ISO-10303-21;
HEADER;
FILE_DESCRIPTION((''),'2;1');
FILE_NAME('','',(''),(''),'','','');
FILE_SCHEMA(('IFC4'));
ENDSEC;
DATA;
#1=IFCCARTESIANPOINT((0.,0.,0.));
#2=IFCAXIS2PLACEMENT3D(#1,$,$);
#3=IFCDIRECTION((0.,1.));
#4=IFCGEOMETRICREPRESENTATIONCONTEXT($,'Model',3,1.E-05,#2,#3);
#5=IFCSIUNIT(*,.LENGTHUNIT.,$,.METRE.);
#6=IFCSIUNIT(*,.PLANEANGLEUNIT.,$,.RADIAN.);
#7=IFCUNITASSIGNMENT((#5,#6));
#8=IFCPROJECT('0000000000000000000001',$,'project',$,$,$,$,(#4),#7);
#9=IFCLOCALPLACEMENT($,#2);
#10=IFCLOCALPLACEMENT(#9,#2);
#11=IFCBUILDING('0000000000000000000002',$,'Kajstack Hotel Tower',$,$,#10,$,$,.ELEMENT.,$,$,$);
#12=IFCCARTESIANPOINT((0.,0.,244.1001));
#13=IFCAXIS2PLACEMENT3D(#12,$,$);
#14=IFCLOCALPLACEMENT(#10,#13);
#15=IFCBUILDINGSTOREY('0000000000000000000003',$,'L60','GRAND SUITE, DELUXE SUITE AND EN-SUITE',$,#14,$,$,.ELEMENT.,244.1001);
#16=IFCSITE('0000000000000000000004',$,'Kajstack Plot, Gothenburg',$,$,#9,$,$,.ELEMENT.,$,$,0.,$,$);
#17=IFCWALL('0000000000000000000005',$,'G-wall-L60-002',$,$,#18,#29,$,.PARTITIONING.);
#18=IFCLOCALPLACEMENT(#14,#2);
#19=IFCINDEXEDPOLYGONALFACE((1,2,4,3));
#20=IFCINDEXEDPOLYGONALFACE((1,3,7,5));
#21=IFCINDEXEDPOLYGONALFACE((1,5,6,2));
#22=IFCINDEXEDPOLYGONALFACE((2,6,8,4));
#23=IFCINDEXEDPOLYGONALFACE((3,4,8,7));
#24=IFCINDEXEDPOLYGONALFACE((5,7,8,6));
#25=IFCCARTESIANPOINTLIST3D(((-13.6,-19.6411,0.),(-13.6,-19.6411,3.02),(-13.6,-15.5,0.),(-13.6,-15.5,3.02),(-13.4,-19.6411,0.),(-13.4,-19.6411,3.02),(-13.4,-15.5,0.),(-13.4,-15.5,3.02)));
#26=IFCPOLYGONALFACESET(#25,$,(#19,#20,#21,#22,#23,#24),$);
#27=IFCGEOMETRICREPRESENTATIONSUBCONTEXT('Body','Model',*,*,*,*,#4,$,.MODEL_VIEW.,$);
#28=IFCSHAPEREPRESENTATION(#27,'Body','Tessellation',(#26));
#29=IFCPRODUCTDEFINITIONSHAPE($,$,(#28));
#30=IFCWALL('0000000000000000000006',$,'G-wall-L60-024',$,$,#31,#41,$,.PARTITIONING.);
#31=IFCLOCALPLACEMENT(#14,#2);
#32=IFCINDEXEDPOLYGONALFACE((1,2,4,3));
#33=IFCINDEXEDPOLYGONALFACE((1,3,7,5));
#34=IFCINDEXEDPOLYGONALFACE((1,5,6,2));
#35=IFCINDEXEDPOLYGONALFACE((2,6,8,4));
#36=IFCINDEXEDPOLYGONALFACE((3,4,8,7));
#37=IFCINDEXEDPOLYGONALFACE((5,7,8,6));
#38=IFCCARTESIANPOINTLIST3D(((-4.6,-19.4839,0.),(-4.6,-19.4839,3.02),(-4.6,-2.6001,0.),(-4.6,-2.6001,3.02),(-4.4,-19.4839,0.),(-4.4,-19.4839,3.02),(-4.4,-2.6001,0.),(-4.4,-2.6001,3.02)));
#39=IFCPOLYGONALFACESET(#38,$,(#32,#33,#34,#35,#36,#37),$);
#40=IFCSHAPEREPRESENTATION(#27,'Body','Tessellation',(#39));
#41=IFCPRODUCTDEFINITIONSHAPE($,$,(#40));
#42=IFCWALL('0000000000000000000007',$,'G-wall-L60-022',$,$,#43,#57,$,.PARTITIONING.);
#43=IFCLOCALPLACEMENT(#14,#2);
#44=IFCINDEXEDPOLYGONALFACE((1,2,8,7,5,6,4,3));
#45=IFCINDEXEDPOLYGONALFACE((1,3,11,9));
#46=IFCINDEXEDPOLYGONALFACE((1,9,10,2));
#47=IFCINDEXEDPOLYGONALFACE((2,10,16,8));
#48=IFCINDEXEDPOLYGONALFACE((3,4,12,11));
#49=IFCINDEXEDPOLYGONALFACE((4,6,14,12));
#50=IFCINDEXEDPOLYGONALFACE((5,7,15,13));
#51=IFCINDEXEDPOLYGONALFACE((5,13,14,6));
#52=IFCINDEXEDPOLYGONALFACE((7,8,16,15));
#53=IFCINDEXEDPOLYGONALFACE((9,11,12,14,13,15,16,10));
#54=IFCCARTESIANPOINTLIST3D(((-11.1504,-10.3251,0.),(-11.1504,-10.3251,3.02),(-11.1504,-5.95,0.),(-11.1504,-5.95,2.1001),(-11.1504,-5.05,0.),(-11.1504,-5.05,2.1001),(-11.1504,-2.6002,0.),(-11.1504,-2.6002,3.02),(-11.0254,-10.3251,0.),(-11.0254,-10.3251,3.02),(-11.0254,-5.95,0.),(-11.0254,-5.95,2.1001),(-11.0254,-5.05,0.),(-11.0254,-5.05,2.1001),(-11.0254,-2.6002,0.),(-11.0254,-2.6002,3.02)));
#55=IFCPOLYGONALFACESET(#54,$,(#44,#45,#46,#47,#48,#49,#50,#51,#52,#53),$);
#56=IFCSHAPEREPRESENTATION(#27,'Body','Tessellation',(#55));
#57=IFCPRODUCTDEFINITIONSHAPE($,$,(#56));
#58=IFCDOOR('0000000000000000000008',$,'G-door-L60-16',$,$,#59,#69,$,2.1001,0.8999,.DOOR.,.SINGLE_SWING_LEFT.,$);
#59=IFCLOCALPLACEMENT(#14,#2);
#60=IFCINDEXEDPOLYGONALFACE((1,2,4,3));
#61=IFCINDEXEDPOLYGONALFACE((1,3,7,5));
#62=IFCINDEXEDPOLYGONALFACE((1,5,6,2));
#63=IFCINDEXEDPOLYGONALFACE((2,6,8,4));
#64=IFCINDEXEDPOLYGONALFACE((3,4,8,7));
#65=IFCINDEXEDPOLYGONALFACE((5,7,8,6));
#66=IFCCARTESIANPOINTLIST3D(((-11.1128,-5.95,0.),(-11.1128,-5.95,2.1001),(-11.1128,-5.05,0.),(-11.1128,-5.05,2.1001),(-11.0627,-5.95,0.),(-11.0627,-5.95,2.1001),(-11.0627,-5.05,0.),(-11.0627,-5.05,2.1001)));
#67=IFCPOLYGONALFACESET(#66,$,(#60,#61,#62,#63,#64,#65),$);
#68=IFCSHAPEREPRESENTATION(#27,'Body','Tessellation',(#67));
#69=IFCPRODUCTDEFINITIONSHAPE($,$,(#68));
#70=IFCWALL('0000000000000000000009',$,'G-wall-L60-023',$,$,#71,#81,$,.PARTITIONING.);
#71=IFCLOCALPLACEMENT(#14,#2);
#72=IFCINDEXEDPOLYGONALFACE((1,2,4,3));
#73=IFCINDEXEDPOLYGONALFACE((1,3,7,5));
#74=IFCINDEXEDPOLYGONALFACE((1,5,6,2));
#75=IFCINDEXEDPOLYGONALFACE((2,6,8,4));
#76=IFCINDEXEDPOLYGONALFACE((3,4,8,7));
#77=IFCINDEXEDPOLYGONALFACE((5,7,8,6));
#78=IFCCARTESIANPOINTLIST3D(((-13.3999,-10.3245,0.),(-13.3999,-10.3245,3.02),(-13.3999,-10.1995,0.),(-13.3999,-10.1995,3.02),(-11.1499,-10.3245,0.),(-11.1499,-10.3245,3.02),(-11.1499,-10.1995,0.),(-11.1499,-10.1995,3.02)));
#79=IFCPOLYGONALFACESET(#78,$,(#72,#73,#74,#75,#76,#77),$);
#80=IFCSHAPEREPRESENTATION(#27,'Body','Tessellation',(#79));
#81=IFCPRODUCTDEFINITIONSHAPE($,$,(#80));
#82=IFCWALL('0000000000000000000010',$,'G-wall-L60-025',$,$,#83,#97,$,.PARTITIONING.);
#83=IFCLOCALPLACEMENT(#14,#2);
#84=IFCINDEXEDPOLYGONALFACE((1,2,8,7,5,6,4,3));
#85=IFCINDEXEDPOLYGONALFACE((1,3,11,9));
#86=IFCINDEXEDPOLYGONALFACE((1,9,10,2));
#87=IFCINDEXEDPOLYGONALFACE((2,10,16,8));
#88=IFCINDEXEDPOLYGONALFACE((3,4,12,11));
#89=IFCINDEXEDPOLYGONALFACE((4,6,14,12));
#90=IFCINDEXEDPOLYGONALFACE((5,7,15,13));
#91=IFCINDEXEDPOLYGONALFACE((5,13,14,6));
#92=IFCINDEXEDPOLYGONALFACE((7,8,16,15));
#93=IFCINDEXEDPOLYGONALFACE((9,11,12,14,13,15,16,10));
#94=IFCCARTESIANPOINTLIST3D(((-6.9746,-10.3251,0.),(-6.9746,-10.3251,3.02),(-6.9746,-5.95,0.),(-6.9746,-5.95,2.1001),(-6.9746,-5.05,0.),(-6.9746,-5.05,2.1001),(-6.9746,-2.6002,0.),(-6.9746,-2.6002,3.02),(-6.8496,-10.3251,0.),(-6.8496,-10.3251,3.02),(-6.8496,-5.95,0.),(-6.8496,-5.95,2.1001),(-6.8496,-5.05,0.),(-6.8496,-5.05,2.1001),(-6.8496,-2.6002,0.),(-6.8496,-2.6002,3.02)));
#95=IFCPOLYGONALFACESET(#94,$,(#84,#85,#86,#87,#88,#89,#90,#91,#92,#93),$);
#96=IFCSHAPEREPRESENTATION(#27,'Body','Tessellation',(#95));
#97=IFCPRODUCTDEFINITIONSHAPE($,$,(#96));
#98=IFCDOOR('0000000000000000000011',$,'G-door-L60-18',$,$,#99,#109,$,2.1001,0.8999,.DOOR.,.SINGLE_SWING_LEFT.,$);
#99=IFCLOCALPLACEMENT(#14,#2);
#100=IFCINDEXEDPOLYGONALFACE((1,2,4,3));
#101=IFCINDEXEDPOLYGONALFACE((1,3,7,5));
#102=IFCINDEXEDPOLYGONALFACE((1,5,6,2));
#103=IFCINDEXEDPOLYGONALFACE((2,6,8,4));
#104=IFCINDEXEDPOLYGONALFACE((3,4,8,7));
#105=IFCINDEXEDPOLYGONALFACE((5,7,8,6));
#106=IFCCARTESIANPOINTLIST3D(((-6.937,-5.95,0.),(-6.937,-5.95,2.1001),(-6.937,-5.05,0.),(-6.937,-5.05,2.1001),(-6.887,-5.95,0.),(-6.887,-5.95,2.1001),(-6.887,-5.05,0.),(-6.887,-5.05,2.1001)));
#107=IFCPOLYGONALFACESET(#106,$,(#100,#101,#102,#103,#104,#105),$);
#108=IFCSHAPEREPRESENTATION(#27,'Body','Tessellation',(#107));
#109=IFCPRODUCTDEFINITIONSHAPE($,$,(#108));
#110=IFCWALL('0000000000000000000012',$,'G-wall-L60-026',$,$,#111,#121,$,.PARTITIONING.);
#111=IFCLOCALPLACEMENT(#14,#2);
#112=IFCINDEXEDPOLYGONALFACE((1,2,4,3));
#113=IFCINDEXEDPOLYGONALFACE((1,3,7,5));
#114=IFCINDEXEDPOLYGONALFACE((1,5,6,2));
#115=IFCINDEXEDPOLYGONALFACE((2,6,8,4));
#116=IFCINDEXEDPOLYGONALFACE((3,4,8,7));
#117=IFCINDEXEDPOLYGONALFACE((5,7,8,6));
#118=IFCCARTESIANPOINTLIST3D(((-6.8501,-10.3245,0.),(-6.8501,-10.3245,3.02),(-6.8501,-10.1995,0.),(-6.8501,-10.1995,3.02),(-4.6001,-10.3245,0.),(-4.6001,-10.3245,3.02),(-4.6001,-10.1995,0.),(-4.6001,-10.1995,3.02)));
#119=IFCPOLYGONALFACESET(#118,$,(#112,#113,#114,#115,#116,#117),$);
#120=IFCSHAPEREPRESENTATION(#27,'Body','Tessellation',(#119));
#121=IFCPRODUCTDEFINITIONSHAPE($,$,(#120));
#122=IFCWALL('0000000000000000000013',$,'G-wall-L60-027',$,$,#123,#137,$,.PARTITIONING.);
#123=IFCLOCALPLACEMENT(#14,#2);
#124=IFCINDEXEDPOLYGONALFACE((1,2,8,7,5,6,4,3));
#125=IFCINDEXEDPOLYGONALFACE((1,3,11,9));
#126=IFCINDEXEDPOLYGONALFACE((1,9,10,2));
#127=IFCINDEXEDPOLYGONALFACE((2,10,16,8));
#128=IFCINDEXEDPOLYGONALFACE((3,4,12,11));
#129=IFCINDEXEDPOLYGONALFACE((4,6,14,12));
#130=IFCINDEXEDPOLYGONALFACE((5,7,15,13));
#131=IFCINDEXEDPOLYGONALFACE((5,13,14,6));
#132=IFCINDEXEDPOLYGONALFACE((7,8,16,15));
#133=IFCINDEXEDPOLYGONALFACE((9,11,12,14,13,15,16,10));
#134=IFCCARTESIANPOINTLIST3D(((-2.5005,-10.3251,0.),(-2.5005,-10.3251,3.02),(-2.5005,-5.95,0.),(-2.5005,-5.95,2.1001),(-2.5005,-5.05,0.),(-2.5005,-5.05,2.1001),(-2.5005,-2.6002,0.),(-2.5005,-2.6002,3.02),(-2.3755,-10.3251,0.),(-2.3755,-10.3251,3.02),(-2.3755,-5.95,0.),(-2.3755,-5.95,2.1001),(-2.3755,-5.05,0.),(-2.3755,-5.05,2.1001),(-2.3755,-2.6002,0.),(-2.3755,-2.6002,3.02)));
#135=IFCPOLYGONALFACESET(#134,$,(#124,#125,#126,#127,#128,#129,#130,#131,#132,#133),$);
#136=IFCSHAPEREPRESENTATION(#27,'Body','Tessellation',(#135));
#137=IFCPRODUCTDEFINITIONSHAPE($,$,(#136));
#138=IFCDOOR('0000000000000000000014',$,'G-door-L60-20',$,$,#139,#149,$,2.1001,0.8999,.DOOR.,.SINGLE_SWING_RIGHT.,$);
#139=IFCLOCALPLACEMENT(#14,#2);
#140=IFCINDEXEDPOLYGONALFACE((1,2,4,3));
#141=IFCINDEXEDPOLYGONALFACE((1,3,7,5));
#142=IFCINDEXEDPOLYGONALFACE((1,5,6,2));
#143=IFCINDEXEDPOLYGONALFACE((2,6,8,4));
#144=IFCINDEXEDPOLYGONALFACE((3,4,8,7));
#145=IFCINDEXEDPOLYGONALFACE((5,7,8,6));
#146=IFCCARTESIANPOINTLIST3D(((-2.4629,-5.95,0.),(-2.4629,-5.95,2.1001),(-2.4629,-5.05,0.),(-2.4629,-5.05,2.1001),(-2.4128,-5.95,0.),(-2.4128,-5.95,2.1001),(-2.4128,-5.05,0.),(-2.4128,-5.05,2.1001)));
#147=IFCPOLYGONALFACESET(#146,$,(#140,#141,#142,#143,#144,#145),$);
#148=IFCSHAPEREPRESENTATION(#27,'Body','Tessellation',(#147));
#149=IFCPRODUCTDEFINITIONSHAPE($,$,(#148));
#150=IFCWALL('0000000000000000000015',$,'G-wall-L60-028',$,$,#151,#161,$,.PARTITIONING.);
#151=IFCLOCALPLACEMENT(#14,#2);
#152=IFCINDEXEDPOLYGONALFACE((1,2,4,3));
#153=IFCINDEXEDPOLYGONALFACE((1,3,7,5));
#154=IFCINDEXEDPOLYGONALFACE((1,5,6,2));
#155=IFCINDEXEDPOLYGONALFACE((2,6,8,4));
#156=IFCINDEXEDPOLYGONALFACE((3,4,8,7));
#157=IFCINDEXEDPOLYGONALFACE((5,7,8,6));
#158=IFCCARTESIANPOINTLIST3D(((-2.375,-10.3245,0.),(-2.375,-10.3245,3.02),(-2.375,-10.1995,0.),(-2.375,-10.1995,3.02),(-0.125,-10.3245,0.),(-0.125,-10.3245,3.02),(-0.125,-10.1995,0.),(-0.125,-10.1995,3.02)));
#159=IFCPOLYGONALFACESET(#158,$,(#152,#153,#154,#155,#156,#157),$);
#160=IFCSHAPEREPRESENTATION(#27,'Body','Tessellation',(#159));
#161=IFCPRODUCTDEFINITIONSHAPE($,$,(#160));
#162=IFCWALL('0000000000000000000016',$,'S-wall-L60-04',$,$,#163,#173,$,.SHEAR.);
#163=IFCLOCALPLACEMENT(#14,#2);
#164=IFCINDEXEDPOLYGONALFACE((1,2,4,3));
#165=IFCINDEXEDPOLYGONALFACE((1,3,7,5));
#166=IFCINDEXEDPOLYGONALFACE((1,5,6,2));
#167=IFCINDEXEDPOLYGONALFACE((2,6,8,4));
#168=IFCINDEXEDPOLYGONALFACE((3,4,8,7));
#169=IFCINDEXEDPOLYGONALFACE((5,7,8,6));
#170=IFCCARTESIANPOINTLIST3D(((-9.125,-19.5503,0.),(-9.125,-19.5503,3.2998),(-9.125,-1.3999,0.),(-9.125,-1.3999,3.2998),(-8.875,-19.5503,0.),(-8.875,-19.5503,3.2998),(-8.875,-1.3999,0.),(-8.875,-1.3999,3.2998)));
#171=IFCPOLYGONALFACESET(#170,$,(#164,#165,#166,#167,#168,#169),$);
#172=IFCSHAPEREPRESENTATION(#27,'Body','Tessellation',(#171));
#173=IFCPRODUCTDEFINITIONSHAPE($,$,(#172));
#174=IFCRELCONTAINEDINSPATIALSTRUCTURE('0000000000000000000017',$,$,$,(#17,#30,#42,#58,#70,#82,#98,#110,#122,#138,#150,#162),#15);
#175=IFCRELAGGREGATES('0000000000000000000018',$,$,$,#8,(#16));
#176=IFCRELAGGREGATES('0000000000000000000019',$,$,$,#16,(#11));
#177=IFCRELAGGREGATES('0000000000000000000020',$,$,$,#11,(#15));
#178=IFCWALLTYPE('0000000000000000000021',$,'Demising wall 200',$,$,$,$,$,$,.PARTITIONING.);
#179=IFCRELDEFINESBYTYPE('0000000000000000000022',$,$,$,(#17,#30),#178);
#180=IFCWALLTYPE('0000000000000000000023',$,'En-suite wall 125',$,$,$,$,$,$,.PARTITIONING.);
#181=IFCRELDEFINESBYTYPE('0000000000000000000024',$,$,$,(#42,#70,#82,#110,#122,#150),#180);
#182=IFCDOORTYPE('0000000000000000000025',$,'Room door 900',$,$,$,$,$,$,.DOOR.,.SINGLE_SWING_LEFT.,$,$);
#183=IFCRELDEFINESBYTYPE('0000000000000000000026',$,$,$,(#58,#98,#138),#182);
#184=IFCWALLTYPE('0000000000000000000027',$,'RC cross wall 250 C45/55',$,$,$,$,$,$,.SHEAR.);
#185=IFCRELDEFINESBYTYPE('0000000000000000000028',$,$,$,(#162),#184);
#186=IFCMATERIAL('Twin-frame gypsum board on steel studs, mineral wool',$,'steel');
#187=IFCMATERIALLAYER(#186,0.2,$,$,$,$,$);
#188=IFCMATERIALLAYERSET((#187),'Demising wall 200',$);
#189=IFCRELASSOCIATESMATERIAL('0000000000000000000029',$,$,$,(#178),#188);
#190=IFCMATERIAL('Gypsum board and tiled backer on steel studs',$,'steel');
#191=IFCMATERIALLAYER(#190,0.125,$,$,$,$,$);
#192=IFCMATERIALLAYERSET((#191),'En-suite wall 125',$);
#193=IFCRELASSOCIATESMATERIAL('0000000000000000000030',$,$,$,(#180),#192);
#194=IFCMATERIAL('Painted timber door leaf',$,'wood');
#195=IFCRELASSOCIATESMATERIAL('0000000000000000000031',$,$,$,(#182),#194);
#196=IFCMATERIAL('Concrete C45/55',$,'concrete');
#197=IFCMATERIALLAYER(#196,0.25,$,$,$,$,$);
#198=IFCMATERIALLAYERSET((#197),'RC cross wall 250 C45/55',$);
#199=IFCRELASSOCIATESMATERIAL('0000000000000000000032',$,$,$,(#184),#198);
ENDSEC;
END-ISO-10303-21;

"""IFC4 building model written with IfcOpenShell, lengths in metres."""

from ifc_helpers import new_model, si_unit, direction, frame, frame_2d, origin, place, context, subcontext, project, spatial, rectangle, extrude, material, layer, layer_set, type_object, element, fill, save


model = new_model("IFC4")

# Units and contexts
model_context = context("Model", 3, precision=1e-05, world=origin(), true_north=direction((0.0, 1.0)))
body_context = subcontext(model_context, "Body", "Model", "MODEL_VIEW")
ifc_project = project(units=[si_unit("LENGTHUNIT", "METRE"), si_unit("PLANEANGLEUNIT", "RADIAN")], contexts=[model_context])

# Site, building, storey
site_placement = place(None, origin())
site = spatial("IfcSite", under=ifc_project, at=site_placement, Name="Kajstack Plot, Gothenburg", CompositionType="ELEMENT", RefElevation=0.0)
building_placement = place(site_placement, origin())
building = spatial("IfcBuilding", under=site, at=building_placement, Name="Kajstack Hotel Tower", CompositionType="ELEMENT")
storey_placement = place(building_placement, frame((0.0, 0.0, 244.1001)))
storey = spatial("IfcBuildingStorey", under=building, at=storey_placement, Name="L60", Description="GRAND SUITE, DELUXE SUITE AND EN-SUITE", CompositionType="ELEMENT", Elevation=244.1001)

# Walls
ifc_material_1 = material(Name="Twin-frame gypsum board on steel studs, mineral wool", Category="steel")
ifc_layer_1 = layer(ifc_material_1, 0.2)
ifc_layer_set_1 = layer_set([ifc_layer_1], Name="Demising wall 200")
wall_type_1 = type_object("IfcWallType", Name="Demising wall 200", PredefinedType="PARTITIONING", material=ifc_layer_set_1)
wall_1_placement = place(storey_placement, frame((-13.5, -19.6411, 0.0), z_axis=(0.0, 0.0, 1.0), x_axis=(0.0, 1.0, 0.0)))
element("IfcWall", 1, at=wall_1_placement, inside=storey, type_object=wall_type_1, Name="G-wall-L60-002", PredefinedType="PARTITIONING", context=body_context, shape_type="SweptSolid", body=[
    extrude(rectangle(XDim=4.1411, YDim=0.2, at=frame_2d((2.0706, 0.0))), origin(), (0.0, 0.0, 1.0), 3.02),
])
wall_2_placement = place(storey_placement, frame((-4.5, -19.4839, 0.0), z_axis=(0.0, 0.0, 1.0), x_axis=(0.0, 1.0, 0.0)))
element("IfcWall", 2, at=wall_2_placement, inside=storey, type_object=wall_type_1, Name="G-wall-L60-024", PredefinedType="PARTITIONING", context=body_context, shape_type="SweptSolid", body=[
    extrude(rectangle(XDim=16.8838, YDim=0.2, at=frame_2d((8.4419, 0.0))), origin(), (0.0, 0.0, 1.0), 3.02),
])

# Wall, opening, door
ifc_material_2 = material(Name="Gypsum board and tiled backer on steel studs", Category="steel")
ifc_layer_2 = layer(ifc_material_2, 0.125)
ifc_layer_set_2 = layer_set([ifc_layer_2], Name="En-suite wall 125")
wall_type_2 = type_object("IfcWallType", Name="En-suite wall 125", PredefinedType="PARTITIONING", material=ifc_layer_set_2)
wall_3_placement = place(storey_placement, frame((-11.0879, -10.325, 0.0), z_axis=(0.0, 0.0, 1.0), x_axis=(0.0, 1.0, 0.0)))
wall_3 = element("IfcWall", 3, at=wall_3_placement, inside=storey, type_object=wall_type_2, Name="G-wall-L60-022", PredefinedType="PARTITIONING", context=body_context, shape_type="SweptSolid", body=[
    extrude(rectangle(XDim=7.7249, YDim=0.125, at=frame_2d((3.8623, 0.0))), origin(), (0.0, 0.0, 1.0), 3.02),
])
opening_1_placement = place(wall_3_placement, frame((4.375, 0.0, 0.0)))
opening_1 = element("IfcOpeningElement", 4, at=opening_1_placement, cuts=wall_3, PredefinedType="OPENING", context=body_context, shape_type="SweptSolid", body=[
    extrude(rectangle(XDim=0.8999, YDim=2.1001, at=frame_2d((0.45, 1.05))), frame((0.0, 0.0725, 0.0), z_axis=(0.0, -1.0, 0.0), x_axis=(1.0, 0.0, 0.0)), (0.0, 0.0, 1.0), 0.145),
])
ifc_material_3 = material(Name="Painted timber door leaf", Category="wood")
door_type = type_object("IfcDoorType", Name="Room door 900", OperationType="SINGLE_SWING_LEFT", PredefinedType="DOOR", material=ifc_material_3)
door_1_placement = place(opening_1_placement, origin())
door_1 = element("IfcDoor", 5, at=door_1_placement, inside=storey, type_object=door_type, Name="G-door-L60-16", OperationType="SINGLE_SWING_LEFT", OverallHeight=2.1001, OverallWidth=0.8999, PredefinedType="DOOR", context=body_context, shape_type="SweptSolid", body=[
    extrude(rectangle(XDim=0.8999, YDim=2.1001, at=frame_2d((0.45, 1.05))), frame((0.0, 0.0249, 0.0), z_axis=(0.0, -1.0, 0.0), x_axis=(1.0, 0.0, 0.0)), (0.0, 0.0, 1.0), 0.05),
])
fill(opening_1, door_1)

# Wall
wall_4_placement = place(storey_placement, frame((-13.3999, -10.262, 0.0), z_axis=(0.0, 0.0, 1.0), x_axis=(1.0, 0.0, 0.0)))
element("IfcWall", 6, at=wall_4_placement, inside=storey, type_object=wall_type_2, Name="G-wall-L60-023", PredefinedType="PARTITIONING", context=body_context, shape_type="SweptSolid", body=[
    extrude(rectangle(XDim=2.25, YDim=0.125, at=frame_2d((1.125, 0.0))), origin(), (0.0, 0.0, 1.0), 3.02),
])

# Wall, opening, door
wall_5_placement = place(storey_placement, frame((-6.9121, -10.325, 0.0), z_axis=(0.0, 0.0, 1.0), x_axis=(0.0, 1.0, 0.0)))
wall_5 = element("IfcWall", 7, at=wall_5_placement, inside=storey, type_object=wall_type_2, Name="G-wall-L60-025", PredefinedType="PARTITIONING", context=body_context, shape_type="SweptSolid", body=[
    extrude(rectangle(XDim=7.7249, YDim=0.125, at=frame_2d((3.8623, 0.0))), origin(), (0.0, 0.0, 1.0), 3.02),
])
opening_2_placement = place(wall_5_placement, frame((4.375, 0.0, 0.0)))
opening_2 = element("IfcOpeningElement", 8, at=opening_2_placement, cuts=wall_5, PredefinedType="OPENING", context=body_context, shape_type="SweptSolid", body=[
    extrude(rectangle(XDim=0.8999, YDim=2.1001, at=frame_2d((0.45, 1.05))), frame((0.0, 0.0725, 0.0), z_axis=(0.0, -1.0, 0.0), x_axis=(1.0, 0.0, 0.0)), (0.0, 0.0, 1.0), 0.145),
])
door_2_placement = place(opening_2_placement, origin())
door_2 = element("IfcDoor", 9, at=door_2_placement, inside=storey, type_object=door_type, Name="G-door-L60-18", OperationType="SINGLE_SWING_LEFT", OverallHeight=2.1001, OverallWidth=0.8999, PredefinedType="DOOR", context=body_context, shape_type="SweptSolid", body=[
    extrude(rectangle(XDim=0.8999, YDim=2.1001, at=frame_2d((0.45, 1.05))), frame((0.0, 0.0249, 0.0), z_axis=(0.0, -1.0, 0.0), x_axis=(1.0, 0.0, 0.0)), (0.0, 0.0, 1.0), 0.05),
])
fill(opening_2, door_2)

# Wall
wall_6_placement = place(storey_placement, frame((-6.8501, -10.262, 0.0), z_axis=(0.0, 0.0, 1.0), x_axis=(1.0, 0.0, 0.0)))
element("IfcWall", 10, at=wall_6_placement, inside=storey, type_object=wall_type_2, Name="G-wall-L60-026", PredefinedType="PARTITIONING", context=body_context, shape_type="SweptSolid", body=[
    extrude(rectangle(XDim=2.25, YDim=0.125, at=frame_2d((1.125, 0.0))), origin(), (0.0, 0.0, 1.0), 3.02),
])

# Wall, opening, door
wall_7_placement = place(storey_placement, frame((-2.438, -10.325, 0.0), z_axis=(0.0, 0.0, 1.0), x_axis=(0.0, 1.0, 0.0)))
wall_7 = element("IfcWall", 11, at=wall_7_placement, inside=storey, type_object=wall_type_2, Name="G-wall-L60-027", PredefinedType="PARTITIONING", context=body_context, shape_type="SweptSolid", body=[
    extrude(rectangle(XDim=7.7249, YDim=0.125, at=frame_2d((3.8623, 0.0))), origin(), (0.0, 0.0, 1.0), 3.02),
])
opening_3_placement = place(wall_7_placement, frame((4.375, 0.0, 0.0)))
opening_3 = element("IfcOpeningElement", 12, at=opening_3_placement, cuts=wall_7, PredefinedType="OPENING", context=body_context, shape_type="SweptSolid", body=[
    extrude(rectangle(XDim=0.8999, YDim=2.1001, at=frame_2d((0.45, 1.05))), frame((0.0, 0.0725, 0.0), z_axis=(0.0, -1.0, 0.0), x_axis=(1.0, 0.0, 0.0)), (0.0, 0.0, 1.0), 0.145),
])
door_3_placement = place(opening_3_placement, origin())
door_3 = element("IfcDoor", 13, at=door_3_placement, inside=storey, type_object=door_type, Name="G-door-L60-20", OperationType="SINGLE_SWING_RIGHT", OverallHeight=2.1001, OverallWidth=0.8999, PredefinedType="DOOR", context=body_context, shape_type="SweptSolid", body=[
    extrude(rectangle(XDim=0.8999, YDim=2.1001, at=frame_2d((0.45, 1.05))), frame((0.0, 0.0249, 0.0), z_axis=(0.0, -1.0, 0.0), x_axis=(1.0, 0.0, 0.0)), (0.0, 0.0, 1.0), 0.05),
])
fill(opening_3, door_3)

# Walls
wall_8_placement = place(storey_placement, frame((-2.375, -10.262, 0.0), z_axis=(0.0, 0.0, 1.0), x_axis=(1.0, 0.0, 0.0)))
element("IfcWall", 14, at=wall_8_placement, inside=storey, type_object=wall_type_2, Name="G-wall-L60-028", PredefinedType="PARTITIONING", context=body_context, shape_type="SweptSolid", body=[
    extrude(rectangle(XDim=2.25, YDim=0.125, at=frame_2d((1.125, 0.0))), origin(), (0.0, 0.0, 1.0), 3.02),
])
ifc_material_4 = material(Name="Concrete C45/55", Category="concrete")
ifc_layer_3 = layer(ifc_material_4, 0.25)
ifc_layer_set_3 = layer_set([ifc_layer_3], Name="RC cross wall 250 C45/55")
wall_type_3 = type_object("IfcWallType", Name="RC cross wall 250 C45/55", PredefinedType="SHEAR", material=ifc_layer_set_3)
wall_9_placement = place(storey_placement, frame((-9.0, -19.5503, 0.0), z_axis=(0.0, 0.0, 1.0), x_axis=(0.0, 1.0, 0.0)))
element("IfcWall", 15, at=wall_9_placement, inside=storey, type_object=wall_type_3, Name="S-wall-L60-04", PredefinedType="SHEAR", context=body_context, shape_type="SweptSolid", body=[
    extrude(rectangle(XDim=18.1504, YDim=0.25, at=frame_2d((9.0752, 0.0))), origin(), (0.0, 0.0, 1.0), 3.2998),
])

save(model, "model.ifc")
